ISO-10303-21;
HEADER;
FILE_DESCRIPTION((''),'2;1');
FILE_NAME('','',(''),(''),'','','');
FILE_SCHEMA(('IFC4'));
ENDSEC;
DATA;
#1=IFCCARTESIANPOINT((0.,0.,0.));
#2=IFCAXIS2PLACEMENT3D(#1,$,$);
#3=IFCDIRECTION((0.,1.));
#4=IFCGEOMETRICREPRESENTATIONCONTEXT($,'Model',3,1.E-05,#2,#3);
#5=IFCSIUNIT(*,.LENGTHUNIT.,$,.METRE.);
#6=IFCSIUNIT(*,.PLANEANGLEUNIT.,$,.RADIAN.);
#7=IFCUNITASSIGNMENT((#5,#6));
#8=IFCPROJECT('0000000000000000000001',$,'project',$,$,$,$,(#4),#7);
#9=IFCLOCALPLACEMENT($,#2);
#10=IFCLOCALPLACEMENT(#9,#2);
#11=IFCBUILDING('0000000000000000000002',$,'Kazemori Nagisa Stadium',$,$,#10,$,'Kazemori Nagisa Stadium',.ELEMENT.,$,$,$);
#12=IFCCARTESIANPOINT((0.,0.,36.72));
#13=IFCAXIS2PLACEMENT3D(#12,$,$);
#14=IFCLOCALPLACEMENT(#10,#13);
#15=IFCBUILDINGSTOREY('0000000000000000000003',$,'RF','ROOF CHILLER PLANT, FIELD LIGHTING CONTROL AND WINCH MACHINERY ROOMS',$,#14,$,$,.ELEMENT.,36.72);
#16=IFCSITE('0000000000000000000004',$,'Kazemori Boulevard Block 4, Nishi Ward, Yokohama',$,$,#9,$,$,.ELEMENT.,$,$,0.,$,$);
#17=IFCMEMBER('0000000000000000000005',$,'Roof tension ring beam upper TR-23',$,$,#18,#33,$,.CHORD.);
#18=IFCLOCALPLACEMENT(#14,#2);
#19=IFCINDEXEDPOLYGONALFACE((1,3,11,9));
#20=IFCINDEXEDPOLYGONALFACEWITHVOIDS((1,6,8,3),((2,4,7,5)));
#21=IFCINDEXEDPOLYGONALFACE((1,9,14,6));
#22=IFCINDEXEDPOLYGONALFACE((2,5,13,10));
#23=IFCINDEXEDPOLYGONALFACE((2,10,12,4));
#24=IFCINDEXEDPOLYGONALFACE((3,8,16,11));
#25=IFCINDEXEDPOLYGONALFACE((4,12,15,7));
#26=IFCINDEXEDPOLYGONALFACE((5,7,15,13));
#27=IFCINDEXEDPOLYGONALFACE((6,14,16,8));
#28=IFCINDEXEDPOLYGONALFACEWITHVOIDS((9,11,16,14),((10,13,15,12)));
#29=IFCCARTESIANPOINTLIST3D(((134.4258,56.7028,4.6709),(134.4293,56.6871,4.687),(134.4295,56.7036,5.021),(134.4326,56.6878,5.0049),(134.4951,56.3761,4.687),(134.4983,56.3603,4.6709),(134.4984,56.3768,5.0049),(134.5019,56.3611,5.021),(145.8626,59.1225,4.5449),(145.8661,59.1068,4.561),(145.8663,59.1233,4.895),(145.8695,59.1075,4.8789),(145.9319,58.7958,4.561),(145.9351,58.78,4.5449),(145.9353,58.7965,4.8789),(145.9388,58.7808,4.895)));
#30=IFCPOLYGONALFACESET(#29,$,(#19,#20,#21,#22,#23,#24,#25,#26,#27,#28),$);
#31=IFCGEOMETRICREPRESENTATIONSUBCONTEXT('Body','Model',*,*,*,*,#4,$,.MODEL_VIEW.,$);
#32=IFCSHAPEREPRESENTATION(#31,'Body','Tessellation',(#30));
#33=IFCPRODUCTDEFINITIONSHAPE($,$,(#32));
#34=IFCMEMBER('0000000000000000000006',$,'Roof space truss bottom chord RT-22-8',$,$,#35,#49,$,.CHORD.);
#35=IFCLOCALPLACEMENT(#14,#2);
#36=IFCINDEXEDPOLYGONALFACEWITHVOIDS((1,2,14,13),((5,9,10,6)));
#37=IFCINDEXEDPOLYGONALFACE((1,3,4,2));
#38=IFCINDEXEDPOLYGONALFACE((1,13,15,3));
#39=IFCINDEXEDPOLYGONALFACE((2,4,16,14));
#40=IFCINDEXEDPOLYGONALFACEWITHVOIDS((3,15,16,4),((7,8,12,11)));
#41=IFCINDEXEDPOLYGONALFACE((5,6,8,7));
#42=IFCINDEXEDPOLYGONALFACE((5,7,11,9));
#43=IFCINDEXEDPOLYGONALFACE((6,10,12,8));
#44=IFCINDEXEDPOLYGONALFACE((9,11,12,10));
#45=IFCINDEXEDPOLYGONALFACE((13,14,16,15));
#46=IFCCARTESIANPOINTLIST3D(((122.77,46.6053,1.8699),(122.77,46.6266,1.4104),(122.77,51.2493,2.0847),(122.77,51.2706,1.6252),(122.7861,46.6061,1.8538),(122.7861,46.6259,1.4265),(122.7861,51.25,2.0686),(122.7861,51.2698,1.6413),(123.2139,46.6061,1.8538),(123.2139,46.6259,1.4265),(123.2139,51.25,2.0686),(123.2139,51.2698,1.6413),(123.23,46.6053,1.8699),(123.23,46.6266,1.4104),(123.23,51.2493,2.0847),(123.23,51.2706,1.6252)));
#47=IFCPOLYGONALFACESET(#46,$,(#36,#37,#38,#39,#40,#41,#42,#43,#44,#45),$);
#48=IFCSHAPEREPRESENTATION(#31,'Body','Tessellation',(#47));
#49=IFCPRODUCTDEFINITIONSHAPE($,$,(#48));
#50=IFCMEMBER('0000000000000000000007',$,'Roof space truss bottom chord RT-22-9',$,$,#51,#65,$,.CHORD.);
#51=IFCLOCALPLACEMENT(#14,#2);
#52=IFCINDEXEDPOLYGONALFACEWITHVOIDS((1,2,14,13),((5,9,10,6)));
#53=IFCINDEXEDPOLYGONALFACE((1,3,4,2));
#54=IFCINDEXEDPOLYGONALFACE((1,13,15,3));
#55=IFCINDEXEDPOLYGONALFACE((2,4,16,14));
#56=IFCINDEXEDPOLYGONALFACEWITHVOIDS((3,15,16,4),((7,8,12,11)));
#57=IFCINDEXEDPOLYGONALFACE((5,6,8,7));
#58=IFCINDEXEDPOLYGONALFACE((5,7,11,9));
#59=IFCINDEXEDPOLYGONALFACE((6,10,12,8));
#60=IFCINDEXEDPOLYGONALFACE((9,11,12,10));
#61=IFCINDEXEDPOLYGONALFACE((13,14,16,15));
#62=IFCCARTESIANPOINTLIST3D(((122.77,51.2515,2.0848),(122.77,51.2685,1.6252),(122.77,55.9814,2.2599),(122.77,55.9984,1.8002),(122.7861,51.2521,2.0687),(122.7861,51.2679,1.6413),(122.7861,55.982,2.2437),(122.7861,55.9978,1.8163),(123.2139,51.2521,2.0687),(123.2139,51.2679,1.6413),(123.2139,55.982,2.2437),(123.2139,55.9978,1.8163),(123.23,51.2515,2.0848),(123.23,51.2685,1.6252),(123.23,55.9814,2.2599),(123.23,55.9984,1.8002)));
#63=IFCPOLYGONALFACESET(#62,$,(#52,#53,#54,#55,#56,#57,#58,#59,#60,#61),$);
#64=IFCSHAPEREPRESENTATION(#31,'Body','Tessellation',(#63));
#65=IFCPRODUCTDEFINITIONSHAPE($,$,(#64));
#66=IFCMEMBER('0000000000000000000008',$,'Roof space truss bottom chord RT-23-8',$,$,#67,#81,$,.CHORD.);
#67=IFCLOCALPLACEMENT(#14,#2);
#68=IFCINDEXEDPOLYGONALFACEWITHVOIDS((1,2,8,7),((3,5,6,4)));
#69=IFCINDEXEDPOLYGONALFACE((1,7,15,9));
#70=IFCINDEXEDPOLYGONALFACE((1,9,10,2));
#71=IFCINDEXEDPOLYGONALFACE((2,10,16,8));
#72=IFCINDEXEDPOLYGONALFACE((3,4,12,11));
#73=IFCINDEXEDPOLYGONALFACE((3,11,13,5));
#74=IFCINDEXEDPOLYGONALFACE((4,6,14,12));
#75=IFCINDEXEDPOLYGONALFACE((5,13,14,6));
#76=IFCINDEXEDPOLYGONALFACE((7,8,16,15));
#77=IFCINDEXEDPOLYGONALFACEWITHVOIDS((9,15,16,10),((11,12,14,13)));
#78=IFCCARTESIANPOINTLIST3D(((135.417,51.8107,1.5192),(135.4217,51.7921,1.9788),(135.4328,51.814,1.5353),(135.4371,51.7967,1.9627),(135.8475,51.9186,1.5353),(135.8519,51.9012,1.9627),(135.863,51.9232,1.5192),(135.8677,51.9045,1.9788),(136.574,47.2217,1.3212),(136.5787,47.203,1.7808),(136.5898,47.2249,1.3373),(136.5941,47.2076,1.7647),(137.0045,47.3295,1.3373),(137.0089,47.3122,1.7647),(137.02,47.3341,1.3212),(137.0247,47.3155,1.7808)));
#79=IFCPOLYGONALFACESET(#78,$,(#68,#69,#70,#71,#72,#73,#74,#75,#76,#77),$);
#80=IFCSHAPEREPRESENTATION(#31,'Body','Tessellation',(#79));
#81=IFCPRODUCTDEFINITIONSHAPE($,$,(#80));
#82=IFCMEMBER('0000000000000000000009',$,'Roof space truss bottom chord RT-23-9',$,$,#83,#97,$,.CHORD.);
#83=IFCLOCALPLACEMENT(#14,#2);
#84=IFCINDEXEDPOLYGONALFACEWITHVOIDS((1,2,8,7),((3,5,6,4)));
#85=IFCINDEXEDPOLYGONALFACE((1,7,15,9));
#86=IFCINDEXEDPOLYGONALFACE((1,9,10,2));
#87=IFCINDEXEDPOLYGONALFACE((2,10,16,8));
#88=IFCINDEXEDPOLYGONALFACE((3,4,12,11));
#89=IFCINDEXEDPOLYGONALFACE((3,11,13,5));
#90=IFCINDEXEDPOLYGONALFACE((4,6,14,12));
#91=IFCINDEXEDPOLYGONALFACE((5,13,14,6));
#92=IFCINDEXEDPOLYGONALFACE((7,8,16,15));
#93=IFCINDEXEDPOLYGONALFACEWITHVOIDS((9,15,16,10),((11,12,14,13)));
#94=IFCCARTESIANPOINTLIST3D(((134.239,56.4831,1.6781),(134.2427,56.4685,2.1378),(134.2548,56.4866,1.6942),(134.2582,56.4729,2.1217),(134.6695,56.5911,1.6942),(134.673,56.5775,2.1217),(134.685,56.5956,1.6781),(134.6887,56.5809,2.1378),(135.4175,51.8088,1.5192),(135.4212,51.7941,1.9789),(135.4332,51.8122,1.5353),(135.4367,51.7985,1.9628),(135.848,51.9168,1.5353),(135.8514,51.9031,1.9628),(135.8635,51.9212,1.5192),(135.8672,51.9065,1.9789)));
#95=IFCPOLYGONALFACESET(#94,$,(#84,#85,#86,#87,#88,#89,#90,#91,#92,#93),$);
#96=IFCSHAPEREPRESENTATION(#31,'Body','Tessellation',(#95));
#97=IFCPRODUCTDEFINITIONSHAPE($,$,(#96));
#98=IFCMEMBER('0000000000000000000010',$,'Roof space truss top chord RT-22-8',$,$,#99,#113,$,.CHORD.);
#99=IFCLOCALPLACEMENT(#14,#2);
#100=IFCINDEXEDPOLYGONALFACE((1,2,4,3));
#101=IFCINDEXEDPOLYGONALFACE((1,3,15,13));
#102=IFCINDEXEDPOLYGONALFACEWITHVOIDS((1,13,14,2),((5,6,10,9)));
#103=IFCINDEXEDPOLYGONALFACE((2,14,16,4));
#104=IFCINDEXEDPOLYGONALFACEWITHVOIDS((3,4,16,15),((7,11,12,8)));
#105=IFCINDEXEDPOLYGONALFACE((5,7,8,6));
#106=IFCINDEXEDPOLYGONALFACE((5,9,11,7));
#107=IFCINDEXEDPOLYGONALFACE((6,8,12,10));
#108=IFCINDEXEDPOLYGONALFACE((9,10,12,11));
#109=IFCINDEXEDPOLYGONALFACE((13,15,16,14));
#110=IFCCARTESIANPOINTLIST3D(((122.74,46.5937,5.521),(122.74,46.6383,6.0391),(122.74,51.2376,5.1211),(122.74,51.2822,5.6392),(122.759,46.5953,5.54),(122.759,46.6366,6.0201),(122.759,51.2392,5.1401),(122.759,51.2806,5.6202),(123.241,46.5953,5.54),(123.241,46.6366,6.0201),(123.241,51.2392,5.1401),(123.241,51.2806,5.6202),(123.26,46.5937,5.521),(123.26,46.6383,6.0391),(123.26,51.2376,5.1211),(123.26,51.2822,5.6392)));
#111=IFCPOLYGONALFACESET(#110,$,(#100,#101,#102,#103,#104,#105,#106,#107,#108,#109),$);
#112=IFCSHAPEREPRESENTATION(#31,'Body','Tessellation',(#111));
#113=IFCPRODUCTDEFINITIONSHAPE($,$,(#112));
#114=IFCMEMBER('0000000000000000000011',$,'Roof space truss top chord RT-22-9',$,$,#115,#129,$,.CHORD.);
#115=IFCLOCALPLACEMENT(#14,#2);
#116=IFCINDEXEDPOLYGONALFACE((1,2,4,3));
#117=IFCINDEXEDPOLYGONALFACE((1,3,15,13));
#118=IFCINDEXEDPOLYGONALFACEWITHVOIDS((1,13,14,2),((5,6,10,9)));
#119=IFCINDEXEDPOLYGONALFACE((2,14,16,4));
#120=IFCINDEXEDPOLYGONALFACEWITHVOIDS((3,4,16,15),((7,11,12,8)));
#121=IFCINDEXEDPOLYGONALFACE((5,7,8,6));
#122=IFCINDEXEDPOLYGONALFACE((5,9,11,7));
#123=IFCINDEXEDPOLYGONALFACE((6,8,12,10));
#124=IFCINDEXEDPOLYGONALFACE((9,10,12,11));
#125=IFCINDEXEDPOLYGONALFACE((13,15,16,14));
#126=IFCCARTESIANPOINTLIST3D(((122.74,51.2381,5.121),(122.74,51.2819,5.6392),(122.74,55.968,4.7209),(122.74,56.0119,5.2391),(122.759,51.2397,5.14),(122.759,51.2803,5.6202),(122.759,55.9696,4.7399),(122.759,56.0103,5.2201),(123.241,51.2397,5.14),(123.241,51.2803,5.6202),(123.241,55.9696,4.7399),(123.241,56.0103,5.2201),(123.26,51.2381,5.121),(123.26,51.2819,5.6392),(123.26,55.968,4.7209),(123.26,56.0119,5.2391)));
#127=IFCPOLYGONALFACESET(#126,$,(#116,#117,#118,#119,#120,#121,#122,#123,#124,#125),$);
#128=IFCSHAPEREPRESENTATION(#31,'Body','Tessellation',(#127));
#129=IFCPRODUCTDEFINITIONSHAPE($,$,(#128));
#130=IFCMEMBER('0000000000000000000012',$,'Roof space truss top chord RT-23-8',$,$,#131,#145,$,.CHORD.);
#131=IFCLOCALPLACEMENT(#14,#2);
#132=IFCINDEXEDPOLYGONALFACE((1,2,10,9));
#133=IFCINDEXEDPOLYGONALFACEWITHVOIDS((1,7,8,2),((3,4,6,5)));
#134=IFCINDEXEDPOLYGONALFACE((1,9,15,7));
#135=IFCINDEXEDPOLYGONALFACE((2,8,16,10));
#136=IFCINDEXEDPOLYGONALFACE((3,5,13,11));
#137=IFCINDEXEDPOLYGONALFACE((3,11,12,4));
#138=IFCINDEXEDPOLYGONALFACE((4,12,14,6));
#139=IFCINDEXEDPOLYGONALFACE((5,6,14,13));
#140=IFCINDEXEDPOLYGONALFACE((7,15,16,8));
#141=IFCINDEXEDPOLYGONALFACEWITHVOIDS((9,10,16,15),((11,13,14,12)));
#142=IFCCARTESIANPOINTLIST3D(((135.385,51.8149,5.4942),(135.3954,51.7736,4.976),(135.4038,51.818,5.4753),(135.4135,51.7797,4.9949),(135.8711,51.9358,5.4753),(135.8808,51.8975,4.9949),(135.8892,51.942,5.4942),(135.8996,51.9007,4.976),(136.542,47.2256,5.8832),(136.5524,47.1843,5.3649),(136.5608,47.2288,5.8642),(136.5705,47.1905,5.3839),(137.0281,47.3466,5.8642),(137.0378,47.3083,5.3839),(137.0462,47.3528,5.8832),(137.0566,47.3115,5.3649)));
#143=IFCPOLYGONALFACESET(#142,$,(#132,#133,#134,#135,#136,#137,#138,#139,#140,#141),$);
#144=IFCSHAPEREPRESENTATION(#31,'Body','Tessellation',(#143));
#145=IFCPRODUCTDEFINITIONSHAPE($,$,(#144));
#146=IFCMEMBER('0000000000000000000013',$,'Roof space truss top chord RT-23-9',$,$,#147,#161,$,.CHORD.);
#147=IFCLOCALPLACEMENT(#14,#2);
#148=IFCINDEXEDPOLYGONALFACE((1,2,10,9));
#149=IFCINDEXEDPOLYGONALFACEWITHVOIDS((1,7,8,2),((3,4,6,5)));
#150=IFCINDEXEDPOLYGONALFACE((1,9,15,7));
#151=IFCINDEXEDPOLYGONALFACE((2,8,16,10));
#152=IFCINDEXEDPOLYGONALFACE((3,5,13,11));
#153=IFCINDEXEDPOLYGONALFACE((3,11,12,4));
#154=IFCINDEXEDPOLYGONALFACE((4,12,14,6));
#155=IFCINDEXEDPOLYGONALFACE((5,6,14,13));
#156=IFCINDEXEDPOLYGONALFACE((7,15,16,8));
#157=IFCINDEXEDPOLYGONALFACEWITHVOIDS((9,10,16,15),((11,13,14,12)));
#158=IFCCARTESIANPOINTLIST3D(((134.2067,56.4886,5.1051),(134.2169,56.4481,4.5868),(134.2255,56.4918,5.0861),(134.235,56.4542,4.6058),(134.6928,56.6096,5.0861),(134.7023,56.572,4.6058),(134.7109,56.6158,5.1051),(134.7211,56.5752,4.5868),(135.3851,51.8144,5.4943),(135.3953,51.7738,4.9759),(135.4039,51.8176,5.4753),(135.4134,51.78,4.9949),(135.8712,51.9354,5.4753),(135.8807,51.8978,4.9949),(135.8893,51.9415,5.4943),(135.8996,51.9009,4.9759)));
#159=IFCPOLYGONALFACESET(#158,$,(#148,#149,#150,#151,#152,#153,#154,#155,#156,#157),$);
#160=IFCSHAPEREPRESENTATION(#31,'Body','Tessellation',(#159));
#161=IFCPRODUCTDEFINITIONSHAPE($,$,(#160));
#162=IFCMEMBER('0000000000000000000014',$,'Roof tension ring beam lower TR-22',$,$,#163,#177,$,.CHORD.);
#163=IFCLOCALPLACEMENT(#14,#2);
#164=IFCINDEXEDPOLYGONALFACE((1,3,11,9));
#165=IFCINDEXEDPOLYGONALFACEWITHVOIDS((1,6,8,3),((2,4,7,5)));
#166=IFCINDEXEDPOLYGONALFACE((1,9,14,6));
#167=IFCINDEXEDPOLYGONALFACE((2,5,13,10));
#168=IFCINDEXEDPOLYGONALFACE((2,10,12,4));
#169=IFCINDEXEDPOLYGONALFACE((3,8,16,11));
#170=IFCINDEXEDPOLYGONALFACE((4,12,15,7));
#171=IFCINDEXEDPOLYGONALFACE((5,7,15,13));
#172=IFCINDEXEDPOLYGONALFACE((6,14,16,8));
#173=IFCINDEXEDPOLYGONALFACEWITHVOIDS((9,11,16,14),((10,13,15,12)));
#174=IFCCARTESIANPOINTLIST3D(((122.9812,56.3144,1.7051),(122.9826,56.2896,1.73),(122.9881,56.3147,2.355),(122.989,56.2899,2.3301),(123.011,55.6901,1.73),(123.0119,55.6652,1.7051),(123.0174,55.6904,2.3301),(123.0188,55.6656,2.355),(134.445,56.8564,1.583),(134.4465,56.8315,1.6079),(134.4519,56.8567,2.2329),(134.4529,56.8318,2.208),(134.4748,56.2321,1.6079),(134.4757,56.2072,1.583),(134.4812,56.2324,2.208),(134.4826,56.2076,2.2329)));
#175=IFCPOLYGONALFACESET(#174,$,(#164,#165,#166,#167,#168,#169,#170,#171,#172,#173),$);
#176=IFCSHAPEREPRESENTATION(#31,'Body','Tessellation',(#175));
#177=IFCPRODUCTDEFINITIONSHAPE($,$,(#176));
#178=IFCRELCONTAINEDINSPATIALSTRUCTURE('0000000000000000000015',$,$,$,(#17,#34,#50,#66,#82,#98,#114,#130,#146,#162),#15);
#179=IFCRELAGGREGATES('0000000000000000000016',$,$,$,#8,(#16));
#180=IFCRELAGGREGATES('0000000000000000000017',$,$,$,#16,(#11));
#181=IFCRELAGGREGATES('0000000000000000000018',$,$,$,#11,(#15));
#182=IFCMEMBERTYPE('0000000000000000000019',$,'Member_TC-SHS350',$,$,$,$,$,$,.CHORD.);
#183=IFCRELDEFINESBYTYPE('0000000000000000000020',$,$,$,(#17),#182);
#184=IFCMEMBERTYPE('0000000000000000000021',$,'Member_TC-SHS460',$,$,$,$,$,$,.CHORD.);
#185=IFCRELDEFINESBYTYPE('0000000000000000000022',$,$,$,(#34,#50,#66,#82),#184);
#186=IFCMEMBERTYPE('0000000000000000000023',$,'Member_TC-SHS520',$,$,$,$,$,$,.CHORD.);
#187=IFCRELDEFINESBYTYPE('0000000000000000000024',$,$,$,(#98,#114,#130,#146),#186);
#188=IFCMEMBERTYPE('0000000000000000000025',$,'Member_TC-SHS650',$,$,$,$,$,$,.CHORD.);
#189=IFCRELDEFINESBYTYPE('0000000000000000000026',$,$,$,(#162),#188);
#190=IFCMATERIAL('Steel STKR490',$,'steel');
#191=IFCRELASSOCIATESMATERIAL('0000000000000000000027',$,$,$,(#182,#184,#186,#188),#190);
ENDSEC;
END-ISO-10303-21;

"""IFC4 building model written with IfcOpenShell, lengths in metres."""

from ifc_helpers import new_model, si_unit, direction, frame, origin, origin_2d, place, context, subcontext, project, spatial, hollow_rectangle, extrude, material, material_profile, profile_set, type_object, element, save


model = new_model("IFC4")

# Units and contexts
model_context = context("Model", 3, precision=1e-05, world=origin(), true_north=direction((0.0, 1.0)))
body_context = subcontext(model_context, "Body", "Model", "MODEL_VIEW")
ifc_project = project(units=[si_unit("LENGTHUNIT", "METRE"), si_unit("PLANEANGLEUNIT", "RADIAN")], contexts=[model_context])

# Site, building, storey
site_placement = place(None, origin())
site = spatial("IfcSite", under=ifc_project, at=site_placement, Name="Kazemori Boulevard Block 4, Nishi Ward, Yokohama", CompositionType="ELEMENT", RefElevation=0.0)
building_placement = place(site_placement, origin())
building = spatial("IfcBuilding", under=site, at=building_placement, Name="Kazemori Nagisa Stadium", LongName="Kazemori Nagisa Stadium", CompositionType="ELEMENT")
storey_placement = place(building_placement, frame((0.0, 0.0, 36.72)))
storey = spatial("IfcBuildingStorey", under=building, at=storey_placement, Name="RF", Description="ROOF CHILLER PLANT, FIELD LIGHTING CONTROL AND WINCH MACHINERY ROOMS", CompositionType="ELEMENT", Elevation=36.72)

# Members
ifc_material = material(Name="Steel STKR490", Category="steel")
ifc_material_profile_1 = material_profile(ifc_material, hollow_rectangle(XDim=0.3501, YDim=0.3501, WallThickness=0.0161, at=origin_2d()), Name="SHS-350x350x16")
ifc_profile_set_1 = profile_set([ifc_material_profile_1], Name="Steel STKR490")
member_type_1 = type_object("IfcMemberType", Name="Member_TC-SHS350", PredefinedType="CHORD", material=ifc_profile_set_1)
member_1_placement = place(storey_placement, frame((134.4639, 56.532, 4.8459), z_axis=(0.978287, 0.206976, -0.010776), x_axis=(-0.206988, 0.978343, 0.0)))
element("IfcMember", 1, at=member_1_placement, inside=storey, type_object=member_type_1, Name="Roof tension ring beam upper TR-23", PredefinedType="CHORD", context=body_context, shape_type="SweptSolid", body=[
    extrude(hollow_rectangle(XDim=0.3501, YDim=0.3501, WallThickness=0.0161, at=origin_2d()), origin(), (0.0, 0.0, 1.0), 11.6907),
])
ifc_material_profile_2 = material_profile(ifc_material, hollow_rectangle(XDim=0.46, YDim=0.46, WallThickness=0.0161, at=origin_2d()), Name="SHS-460x460x16")
ifc_profile_set_2 = profile_set([ifc_material_profile_2], Name="Steel STKR490")
member_type_2 = type_object("IfcMemberType", Name="Member_TC-SHS460", PredefinedType="CHORD", material=ifc_profile_set_2)
member_2_placement = place(storey_placement, frame((123.0, 46.616, 1.6401), z_axis=(0.0, 0.998932, 0.046213), x_axis=(-1.0, 0.0, 0.0)))
element("IfcMember", 2, at=member_2_placement, inside=storey, type_object=member_type_2, Name="Roof space truss bottom chord RT-22-8", PredefinedType="CHORD", context=body_context, shape_type="SweptSolid", body=[
    extrude(hollow_rectangle(XDim=0.46, YDim=0.46, WallThickness=0.0161, at=origin_2d()), origin(), (0.0, 0.0, 1.0), 4.6489),
])
member_3_placement = place(storey_placement, frame((123.0, 51.26, 1.855), z_axis=(0.0, 0.999316, 0.036983), x_axis=(-1.0, 0.0, 0.0)))
element("IfcMember", 3, at=member_3_placement, inside=storey, type_object=member_type_2, Name="Roof space truss bottom chord RT-22-9", PredefinedType="CHORD", context=body_context, shape_type="SweptSolid", body=[
    extrude(hollow_rectangle(XDim=0.46, YDim=0.46, WallThickness=0.0161, at=origin_2d()), origin(), (0.0, 0.0, 1.0), 4.7332),
])
member_4_placement = place(storey_placement, frame((136.7993, 47.2686, 1.551), z_axis=(-0.244251, 0.968811, 0.0418), x_axis=(-0.969658, -0.244465, 0.0)))
element("IfcMember", 4, at=member_4_placement, inside=storey, type_object=member_type_2, Name="Roof space truss bottom chord RT-23-8", PredefinedType="CHORD", context=body_context, shape_type="SweptSolid", body=[
    extrude(hollow_rectangle(XDim=0.46, YDim=0.46, WallThickness=0.0161, at=origin_2d()), origin(), (0.0, 0.0, 1.0), 4.7368),
])
member_5_placement = place(storey_placement, frame((135.6423, 51.8577, 1.749), z_axis=(-0.244333, 0.969131, 0.032952), x_axis=(-0.969658, -0.244466, 0.0)))
element("IfcMember", 5, at=member_5_placement, inside=storey, type_object=member_type_2, Name="Roof space truss bottom chord RT-23-9", PredefinedType="CHORD", context=body_context, shape_type="SweptSolid", body=[
    extrude(hollow_rectangle(XDim=0.46, YDim=0.46, WallThickness=0.0161, at=origin_2d()), origin(), (0.0, 0.0, 1.0), 4.8232),
])
ifc_material_profile_3 = material_profile(ifc_material, hollow_rectangle(XDim=0.52, YDim=0.52, WallThickness=0.019, at=origin_2d()), Name="SHS-520x520x19")
ifc_profile_set_3 = profile_set([ifc_material_profile_3], Name="Steel STKR490")
member_type_3 = type_object("IfcMemberType", Name="Member_TC-SHS520", PredefinedType="CHORD", material=ifc_profile_set_3)
member_6_placement = place(storey_placement, frame((123.0, 46.616, 5.78), z_axis=(0.0, 0.996313, -0.085793), x_axis=(-1.0, 0.0, 0.0)))
element("IfcMember", 6, at=member_6_placement, inside=storey, type_object=member_type_3, Name="Roof space truss top chord RT-22-8", PredefinedType="CHORD", context=body_context, shape_type="SweptSolid", body=[
    extrude(hollow_rectangle(XDim=0.52, YDim=0.52, WallThickness=0.019, at=origin_2d()), origin(), (0.0, 0.0, 1.0), 4.6611),
])
member_7_placement = place(storey_placement, frame((123.0, 51.26, 5.3801), z_axis=(0.0, 0.996441, -0.084297), x_axis=(-1.0, 0.0, 0.0)))
element("IfcMember", 7, at=member_7_placement, inside=storey, type_object=member_type_3, Name="Roof space truss top chord RT-22-9", PredefinedType="CHORD", context=body_context, shape_type="SweptSolid", body=[
    extrude(hollow_rectangle(XDim=0.52, YDim=0.52, WallThickness=0.019, at=origin_2d()), origin(), (0.0, 0.0, 1.0), 4.7468),
])
member_8_placement = place(storey_placement, frame((136.7993, 47.2686, 5.624), z_axis=(-0.243644, 0.966401, -0.0819), x_axis=(-0.969658, -0.244465, 0.0)))
element("IfcMember", 8, at=member_8_placement, inside=storey, type_object=member_type_3, Name="Roof space truss top chord RT-23-8", PredefinedType="CHORD", context=body_context, shape_type="SweptSolid", body=[
    extrude(hollow_rectangle(XDim=0.52, YDim=0.52, WallThickness=0.019, at=origin_2d()), origin(), (0.0, 0.0, 1.0), 4.7488),
])
member_9_placement = place(storey_placement, frame((135.6423, 51.8577, 5.2351), z_axis=(-0.243673, 0.966514, -0.080467), x_axis=(-0.969658, -0.244466, 0.0)))
element("IfcMember", 9, at=member_9_placement, inside=storey, type_object=member_type_3, Name="Roof space truss top chord RT-23-9", PredefinedType="CHORD", context=body_context, shape_type="SweptSolid", body=[
    extrude(hollow_rectangle(XDim=0.52, YDim=0.52, WallThickness=0.019, at=origin_2d()), origin(), (0.0, 0.0, 1.0), 4.8362),
])
ifc_material_profile_4 = material_profile(ifc_material, hollow_rectangle(XDim=0.6499, YDim=0.6499, WallThickness=0.0249, at=origin_2d()), Name="SHS-650x650x25")
ifc_profile_set_4 = profile_set([ifc_material_profile_4], Name="Steel STKR490")
member_type_4 = type_object("IfcMemberType", Name="Member_TC-SHS650", PredefinedType="CHORD", material=ifc_profile_set_4)
member_10_placement = place(storey_placement, frame((123.0, 55.99, 2.03), z_axis=(0.998828, 0.047223, -0.010636), x_axis=(-0.047226, 0.998884, 0.0)))
element("IfcMember", 10, at=member_10_placement, inside=storey, type_object=member_type_4, Name="Roof tension ring beam lower TR-22", PredefinedType="CHORD", context=body_context, shape_type="SweptSolid", body=[
    extrude(hollow_rectangle(XDim=0.6499, YDim=0.6499, WallThickness=0.0249, at=origin_2d()), origin(), (0.0, 0.0, 1.0), 11.4773),
])

save(model, "model.ifc")
